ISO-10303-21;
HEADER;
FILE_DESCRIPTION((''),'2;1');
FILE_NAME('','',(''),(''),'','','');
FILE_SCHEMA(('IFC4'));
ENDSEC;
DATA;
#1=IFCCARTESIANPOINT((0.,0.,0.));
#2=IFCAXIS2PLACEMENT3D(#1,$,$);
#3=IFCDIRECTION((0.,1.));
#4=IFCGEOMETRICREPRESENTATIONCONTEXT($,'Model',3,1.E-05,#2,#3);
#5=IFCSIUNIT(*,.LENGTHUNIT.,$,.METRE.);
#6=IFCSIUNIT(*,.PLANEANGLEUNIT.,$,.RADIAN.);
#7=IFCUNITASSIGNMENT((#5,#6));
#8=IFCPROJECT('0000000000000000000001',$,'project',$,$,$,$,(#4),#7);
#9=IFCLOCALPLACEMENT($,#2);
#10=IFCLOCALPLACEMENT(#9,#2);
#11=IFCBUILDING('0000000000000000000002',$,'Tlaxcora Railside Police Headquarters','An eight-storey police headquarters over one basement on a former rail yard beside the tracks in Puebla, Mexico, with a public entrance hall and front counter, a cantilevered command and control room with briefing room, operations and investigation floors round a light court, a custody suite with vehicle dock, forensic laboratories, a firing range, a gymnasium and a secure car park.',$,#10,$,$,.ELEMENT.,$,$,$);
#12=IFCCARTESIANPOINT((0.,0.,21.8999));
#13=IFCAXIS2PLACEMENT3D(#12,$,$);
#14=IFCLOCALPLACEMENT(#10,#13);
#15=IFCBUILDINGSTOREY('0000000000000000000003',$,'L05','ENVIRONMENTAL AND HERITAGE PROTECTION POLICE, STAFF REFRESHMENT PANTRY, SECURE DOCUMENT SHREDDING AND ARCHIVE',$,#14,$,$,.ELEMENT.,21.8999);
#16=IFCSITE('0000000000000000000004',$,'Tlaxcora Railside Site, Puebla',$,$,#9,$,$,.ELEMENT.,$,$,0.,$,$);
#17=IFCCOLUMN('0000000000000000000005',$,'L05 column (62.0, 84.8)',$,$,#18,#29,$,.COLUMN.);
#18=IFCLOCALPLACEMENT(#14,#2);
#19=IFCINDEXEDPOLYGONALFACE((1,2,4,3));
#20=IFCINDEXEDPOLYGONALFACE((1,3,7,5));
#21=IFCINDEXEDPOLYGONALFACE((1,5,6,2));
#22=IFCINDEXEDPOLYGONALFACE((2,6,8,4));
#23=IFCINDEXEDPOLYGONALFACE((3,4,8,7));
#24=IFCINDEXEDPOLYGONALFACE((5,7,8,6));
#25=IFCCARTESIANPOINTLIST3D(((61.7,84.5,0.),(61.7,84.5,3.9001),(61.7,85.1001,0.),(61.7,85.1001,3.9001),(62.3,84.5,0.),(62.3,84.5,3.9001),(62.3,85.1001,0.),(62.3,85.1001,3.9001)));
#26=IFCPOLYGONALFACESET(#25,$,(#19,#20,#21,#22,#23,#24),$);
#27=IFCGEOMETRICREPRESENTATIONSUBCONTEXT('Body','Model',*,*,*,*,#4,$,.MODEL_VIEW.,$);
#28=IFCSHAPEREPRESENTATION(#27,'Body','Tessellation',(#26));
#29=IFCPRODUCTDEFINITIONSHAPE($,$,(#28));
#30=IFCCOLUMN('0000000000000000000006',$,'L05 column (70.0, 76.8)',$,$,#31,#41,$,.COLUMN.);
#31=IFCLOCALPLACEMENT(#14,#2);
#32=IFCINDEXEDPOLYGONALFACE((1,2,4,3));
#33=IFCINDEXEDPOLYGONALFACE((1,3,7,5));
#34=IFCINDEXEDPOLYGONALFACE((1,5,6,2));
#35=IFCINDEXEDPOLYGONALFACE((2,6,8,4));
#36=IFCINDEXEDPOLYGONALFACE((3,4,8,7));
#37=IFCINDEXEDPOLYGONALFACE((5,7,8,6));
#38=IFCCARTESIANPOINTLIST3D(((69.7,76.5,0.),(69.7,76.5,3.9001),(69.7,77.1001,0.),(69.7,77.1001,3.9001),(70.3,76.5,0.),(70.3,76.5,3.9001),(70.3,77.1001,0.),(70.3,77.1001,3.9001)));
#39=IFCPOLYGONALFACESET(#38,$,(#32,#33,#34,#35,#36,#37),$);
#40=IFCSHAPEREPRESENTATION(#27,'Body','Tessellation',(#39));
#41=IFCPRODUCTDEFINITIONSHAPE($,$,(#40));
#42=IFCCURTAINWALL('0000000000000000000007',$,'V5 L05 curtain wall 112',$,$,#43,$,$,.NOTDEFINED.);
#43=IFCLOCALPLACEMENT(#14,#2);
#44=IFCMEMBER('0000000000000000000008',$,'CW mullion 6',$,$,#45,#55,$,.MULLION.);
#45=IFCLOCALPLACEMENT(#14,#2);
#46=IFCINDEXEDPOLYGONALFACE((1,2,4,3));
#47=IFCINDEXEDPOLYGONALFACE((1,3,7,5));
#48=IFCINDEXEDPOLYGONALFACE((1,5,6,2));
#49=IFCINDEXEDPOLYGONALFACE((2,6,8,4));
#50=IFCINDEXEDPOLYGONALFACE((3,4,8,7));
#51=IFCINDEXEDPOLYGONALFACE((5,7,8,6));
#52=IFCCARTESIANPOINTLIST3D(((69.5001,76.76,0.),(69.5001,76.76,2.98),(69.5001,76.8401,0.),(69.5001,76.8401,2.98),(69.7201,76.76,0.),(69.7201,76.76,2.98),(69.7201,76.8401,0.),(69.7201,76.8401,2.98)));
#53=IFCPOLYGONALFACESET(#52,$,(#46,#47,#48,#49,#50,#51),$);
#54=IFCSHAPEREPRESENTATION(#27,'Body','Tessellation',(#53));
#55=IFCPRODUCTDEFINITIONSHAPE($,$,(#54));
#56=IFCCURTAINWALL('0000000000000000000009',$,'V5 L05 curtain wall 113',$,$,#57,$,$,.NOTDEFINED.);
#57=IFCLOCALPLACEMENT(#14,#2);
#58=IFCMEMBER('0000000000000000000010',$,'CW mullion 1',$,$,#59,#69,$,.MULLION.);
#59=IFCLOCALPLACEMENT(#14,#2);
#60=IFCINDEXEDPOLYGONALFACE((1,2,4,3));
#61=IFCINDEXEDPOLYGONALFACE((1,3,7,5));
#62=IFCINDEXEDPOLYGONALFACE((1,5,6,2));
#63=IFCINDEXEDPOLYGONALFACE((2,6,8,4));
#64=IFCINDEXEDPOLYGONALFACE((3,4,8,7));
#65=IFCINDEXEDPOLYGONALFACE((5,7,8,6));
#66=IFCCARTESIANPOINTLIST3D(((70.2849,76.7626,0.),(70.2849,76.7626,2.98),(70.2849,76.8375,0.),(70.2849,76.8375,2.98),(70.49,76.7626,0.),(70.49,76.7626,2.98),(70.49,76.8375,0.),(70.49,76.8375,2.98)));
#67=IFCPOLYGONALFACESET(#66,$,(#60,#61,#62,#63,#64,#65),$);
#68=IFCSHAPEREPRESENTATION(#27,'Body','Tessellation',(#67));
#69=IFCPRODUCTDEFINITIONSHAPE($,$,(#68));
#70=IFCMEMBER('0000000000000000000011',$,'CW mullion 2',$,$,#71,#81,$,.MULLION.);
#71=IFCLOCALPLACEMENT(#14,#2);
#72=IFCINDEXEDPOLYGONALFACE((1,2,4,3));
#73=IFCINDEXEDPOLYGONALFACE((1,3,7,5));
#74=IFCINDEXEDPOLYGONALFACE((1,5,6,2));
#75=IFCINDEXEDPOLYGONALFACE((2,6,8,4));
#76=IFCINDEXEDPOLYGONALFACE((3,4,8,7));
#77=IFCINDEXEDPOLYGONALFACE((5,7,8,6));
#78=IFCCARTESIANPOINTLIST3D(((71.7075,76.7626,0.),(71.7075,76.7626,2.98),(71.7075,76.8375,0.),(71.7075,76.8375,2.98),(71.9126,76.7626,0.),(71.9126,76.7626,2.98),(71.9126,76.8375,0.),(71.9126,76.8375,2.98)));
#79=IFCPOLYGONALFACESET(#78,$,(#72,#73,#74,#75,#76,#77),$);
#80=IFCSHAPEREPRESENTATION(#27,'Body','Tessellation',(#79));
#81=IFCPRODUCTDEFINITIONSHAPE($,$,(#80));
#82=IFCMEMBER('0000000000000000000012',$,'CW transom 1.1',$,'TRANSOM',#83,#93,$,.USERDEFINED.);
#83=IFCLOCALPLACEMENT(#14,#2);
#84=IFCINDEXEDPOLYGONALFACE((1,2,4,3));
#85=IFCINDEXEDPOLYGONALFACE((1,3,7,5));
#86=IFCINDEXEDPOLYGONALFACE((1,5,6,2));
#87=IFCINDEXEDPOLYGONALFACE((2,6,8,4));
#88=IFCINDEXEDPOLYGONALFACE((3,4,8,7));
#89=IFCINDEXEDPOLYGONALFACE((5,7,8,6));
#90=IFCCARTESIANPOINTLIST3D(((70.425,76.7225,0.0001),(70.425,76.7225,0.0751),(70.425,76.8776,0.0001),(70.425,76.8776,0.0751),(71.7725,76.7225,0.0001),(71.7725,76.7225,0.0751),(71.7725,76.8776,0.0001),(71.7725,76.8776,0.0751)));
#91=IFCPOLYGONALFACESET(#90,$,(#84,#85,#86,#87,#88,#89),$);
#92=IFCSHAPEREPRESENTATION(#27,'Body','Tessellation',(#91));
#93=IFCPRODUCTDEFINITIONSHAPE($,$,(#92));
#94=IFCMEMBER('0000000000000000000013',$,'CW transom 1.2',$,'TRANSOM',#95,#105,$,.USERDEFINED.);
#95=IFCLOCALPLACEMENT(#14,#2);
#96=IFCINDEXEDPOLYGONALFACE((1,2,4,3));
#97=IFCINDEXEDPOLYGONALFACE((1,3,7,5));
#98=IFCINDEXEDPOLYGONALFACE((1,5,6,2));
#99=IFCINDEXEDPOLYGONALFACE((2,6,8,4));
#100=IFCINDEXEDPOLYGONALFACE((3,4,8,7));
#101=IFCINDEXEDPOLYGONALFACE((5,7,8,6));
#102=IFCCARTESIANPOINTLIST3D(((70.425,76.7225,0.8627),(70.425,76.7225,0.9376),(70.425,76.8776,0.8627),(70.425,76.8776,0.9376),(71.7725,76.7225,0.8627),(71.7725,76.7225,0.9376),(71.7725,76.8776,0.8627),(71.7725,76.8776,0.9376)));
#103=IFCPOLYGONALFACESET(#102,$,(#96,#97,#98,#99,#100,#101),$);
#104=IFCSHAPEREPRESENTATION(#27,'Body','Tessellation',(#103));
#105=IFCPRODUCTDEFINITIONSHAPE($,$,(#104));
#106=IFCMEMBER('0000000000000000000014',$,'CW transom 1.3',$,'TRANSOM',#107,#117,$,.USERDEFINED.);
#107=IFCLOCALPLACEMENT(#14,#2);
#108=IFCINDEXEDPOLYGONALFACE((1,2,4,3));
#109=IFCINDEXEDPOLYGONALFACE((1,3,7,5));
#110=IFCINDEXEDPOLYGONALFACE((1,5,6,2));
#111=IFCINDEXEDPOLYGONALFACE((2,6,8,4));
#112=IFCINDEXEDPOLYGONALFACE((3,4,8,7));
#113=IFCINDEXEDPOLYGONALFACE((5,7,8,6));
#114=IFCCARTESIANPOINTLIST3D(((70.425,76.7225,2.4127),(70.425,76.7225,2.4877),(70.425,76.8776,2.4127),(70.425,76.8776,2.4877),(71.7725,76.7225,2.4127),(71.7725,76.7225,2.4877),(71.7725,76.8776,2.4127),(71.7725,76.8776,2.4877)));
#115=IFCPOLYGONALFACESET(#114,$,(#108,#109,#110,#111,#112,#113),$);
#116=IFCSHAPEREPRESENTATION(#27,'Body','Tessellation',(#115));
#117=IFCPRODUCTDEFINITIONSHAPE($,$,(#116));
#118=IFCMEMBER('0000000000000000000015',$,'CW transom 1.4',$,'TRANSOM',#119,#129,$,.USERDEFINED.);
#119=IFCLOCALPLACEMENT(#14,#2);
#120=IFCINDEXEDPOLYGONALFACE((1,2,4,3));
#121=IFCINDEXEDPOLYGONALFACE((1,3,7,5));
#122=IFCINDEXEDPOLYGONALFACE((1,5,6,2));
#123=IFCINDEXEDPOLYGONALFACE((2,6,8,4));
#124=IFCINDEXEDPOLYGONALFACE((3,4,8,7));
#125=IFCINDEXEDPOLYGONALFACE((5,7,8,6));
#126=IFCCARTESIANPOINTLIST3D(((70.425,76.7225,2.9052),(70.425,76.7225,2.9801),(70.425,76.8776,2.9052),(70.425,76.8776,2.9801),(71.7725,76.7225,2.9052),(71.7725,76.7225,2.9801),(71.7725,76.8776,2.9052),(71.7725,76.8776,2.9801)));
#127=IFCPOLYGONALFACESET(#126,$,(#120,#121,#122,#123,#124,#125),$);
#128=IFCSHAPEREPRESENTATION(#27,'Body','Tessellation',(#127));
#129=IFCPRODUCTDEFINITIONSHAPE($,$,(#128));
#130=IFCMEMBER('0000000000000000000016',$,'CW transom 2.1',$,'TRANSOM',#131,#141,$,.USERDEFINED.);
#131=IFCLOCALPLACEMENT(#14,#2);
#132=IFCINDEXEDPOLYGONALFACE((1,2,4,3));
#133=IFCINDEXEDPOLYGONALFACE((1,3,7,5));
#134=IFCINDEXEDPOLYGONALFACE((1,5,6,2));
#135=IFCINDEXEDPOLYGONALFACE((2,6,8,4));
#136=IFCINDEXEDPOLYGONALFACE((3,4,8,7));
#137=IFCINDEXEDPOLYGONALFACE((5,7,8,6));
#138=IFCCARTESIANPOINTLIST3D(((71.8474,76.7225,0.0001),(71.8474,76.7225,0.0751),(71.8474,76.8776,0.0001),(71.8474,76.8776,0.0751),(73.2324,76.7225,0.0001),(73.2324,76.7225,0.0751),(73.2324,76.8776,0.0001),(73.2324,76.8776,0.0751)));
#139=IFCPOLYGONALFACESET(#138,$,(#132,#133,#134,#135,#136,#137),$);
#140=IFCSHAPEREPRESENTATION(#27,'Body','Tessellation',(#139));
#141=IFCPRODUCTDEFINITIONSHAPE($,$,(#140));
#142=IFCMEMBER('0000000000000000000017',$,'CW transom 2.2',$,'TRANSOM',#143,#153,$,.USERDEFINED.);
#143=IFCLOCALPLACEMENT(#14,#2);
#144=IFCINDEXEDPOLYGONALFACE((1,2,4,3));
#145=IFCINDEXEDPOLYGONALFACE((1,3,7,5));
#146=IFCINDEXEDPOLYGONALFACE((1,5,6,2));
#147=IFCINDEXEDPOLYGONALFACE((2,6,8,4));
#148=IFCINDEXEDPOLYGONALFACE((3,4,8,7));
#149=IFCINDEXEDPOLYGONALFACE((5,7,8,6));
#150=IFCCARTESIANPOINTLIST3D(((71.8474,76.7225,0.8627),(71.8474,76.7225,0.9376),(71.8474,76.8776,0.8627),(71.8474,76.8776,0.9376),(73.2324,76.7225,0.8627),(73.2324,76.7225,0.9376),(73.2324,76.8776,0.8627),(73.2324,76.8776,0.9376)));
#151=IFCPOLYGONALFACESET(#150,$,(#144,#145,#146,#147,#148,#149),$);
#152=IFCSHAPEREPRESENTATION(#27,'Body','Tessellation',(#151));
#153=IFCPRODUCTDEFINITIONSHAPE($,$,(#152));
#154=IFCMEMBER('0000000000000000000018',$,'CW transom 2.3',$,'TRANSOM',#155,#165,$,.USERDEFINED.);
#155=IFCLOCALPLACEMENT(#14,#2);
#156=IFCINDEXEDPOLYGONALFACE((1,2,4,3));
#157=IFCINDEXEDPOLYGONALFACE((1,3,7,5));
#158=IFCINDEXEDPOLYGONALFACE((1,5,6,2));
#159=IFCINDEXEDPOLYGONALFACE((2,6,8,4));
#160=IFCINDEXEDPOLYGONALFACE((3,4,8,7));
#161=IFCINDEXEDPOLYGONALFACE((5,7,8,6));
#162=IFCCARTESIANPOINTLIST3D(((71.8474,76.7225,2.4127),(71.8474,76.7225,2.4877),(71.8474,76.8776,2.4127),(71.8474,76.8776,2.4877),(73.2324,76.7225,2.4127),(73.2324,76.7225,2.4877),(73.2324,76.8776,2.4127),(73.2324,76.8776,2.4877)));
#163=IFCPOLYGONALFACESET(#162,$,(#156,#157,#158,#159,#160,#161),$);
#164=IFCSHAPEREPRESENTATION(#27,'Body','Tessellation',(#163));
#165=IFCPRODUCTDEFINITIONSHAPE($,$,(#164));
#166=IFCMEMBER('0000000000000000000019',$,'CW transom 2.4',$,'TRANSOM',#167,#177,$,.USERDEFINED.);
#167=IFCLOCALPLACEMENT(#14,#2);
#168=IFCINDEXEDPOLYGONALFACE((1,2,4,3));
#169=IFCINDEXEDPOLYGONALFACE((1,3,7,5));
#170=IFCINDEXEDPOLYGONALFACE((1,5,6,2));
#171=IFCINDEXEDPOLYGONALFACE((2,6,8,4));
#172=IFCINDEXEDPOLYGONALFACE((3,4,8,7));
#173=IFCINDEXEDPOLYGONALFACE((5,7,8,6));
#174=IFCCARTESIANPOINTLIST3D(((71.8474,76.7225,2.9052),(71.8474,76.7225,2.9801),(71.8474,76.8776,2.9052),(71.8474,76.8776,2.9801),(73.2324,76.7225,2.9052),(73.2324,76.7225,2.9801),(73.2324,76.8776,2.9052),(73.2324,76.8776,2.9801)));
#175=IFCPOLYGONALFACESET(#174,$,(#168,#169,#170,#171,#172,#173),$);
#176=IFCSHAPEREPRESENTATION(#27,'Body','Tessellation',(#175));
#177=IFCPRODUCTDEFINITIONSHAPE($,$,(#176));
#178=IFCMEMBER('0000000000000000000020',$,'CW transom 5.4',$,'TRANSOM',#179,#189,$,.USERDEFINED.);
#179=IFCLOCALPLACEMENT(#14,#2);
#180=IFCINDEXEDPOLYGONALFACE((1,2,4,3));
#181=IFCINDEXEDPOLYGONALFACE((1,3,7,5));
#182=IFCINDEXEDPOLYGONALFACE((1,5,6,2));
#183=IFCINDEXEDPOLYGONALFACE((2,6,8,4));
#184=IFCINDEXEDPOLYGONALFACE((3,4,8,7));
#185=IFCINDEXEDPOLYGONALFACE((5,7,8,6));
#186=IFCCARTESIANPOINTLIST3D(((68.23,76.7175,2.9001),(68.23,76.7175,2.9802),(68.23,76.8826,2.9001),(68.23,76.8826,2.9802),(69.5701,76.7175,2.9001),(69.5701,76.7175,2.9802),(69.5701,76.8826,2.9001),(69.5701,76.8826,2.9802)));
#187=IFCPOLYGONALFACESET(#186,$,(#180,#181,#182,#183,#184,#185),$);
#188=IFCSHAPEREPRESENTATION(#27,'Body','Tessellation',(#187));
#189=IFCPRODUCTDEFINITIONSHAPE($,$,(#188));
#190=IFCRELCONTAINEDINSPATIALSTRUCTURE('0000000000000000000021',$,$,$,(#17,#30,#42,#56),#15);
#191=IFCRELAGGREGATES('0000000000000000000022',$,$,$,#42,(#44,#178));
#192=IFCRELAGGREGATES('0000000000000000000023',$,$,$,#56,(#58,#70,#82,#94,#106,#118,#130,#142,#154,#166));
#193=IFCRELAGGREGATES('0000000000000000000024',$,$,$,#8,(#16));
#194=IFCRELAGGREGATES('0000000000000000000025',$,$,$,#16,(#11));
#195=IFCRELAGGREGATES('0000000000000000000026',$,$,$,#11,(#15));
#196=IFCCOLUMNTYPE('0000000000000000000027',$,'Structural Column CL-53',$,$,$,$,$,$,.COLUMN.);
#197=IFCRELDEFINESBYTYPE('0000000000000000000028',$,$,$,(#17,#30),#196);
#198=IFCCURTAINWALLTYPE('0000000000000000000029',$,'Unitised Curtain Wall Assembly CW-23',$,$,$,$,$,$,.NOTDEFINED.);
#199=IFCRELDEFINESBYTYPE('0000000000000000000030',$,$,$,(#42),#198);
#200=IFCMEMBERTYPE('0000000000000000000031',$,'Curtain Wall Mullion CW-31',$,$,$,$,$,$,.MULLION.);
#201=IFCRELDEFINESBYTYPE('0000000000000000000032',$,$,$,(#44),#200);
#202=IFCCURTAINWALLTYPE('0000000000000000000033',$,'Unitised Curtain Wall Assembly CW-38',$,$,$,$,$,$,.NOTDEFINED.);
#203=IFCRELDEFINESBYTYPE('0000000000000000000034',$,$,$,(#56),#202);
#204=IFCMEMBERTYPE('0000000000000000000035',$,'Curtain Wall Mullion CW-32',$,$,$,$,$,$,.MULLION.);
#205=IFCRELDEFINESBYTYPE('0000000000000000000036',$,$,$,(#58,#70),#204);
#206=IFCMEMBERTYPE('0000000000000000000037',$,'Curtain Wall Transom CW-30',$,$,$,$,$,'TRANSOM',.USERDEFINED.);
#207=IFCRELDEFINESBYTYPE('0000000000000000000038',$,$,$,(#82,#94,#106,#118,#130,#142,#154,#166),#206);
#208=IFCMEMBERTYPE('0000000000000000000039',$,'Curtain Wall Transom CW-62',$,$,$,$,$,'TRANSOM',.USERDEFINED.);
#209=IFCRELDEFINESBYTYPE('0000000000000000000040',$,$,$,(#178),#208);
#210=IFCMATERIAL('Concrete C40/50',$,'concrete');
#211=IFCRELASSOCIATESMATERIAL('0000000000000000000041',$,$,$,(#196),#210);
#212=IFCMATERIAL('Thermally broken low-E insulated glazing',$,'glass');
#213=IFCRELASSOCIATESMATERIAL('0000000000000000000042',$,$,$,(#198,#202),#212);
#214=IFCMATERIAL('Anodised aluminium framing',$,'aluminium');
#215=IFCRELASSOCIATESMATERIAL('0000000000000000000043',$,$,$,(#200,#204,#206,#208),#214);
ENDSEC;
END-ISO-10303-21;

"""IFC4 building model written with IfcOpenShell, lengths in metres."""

from ifc_helpers import new_model, si_unit, direction, frame, origin, origin_2d, place, context, subcontext, project, spatial, rectangle, extrude, material, material_profile, profile_set, type_object, element, aggregate, save


model = new_model("IFC4")

# Units and contexts
model_context = context("Model", 3, precision=1e-05, world=origin(), true_north=direction((0.0, 1.0)))
body_context = subcontext(model_context, "Body", "Model", "MODEL_VIEW")
ifc_project = project(units=[si_unit("LENGTHUNIT", "METRE"), si_unit("PLANEANGLEUNIT", "RADIAN")], contexts=[model_context])

# Site, building, storey
site_placement = place(None, origin())
site = spatial("IfcSite", under=ifc_project, at=site_placement, Name="Tlaxcora Railside Site, Puebla", CompositionType="ELEMENT", RefElevation=0.0)
building_placement = place(site_placement, origin())
building = spatial("IfcBuilding", under=site, at=building_placement, Name="Tlaxcora Railside Police Headquarters", Description="An eight-storey police headquarters over one basement on a former rail yard beside the tracks in Puebla, Mexico, with a public entrance hall and front counter, a cantilevered command and control room with briefing room, operations and investigation floors round a light court, a custody suite with vehicle dock, forensic laboratories, a firing range, a gymnasium and a secure car park.", CompositionType="ELEMENT")
storey_placement = place(building_placement, frame((0.0, 0.0, 21.8999)))
storey = spatial("IfcBuildingStorey", under=building, at=storey_placement, Name="L05", Description="ENVIRONMENTAL AND HERITAGE PROTECTION POLICE, STAFF REFRESHMENT PANTRY, SECURE DOCUMENT SHREDDING AND ARCHIVE", CompositionType="ELEMENT", Elevation=21.8999)

# Columns
ifc_material_1 = material(Name="Concrete C40/50", Category="concrete")
ifc_material_profile_1 = material_profile(ifc_material_1, rectangle(XDim=0.6001, YDim=0.6001, at=origin_2d()), Name="RC600X600")
ifc_profile_set_1 = profile_set([ifc_material_profile_1], Name="Concrete C40/50")
column_type = type_object("IfcColumnType", Name="Structural Column CL-53", PredefinedType="COLUMN", material=ifc_profile_set_1)
for number, where, z_axis, x_axis, name in (
    (1, (62.0, 84.8, 0.0), (0.0, 0.0, 1.0), (1.0, 0.0, 0.0), "L05 column (62.0, 84.8)"),
    (2, (70.0, 76.8, 0.0), (0.0, 0.0, 1.0), (1.0, 0.0, 0.0), "L05 column (70.0, 76.8)"),
):
    element("IfcColumn", number, at=place(storey_placement, frame(where, z_axis=z_axis, x_axis=x_axis)), inside=storey, type_object=column_type, Name=name, PredefinedType="COLUMN", context=body_context, shape_type="SweptSolid", body=[
        extrude(rectangle(XDim=0.6001, YDim=0.6001, at=origin_2d()), origin(), (0.0, 0.0, 1.0), 3.9001),
    ])

# Curtain wall, member
ifc_material_2 = material(Name="Thermally broken low-E insulated glazing", Category="glass")
curtain_wall_type_1 = type_object("IfcCurtainWallType", Name="Unitised Curtain Wall Assembly CW-23", PredefinedType="NOTDEFINED", material=ifc_material_2)
curtain_wall_1_placement = place(storey_placement, origin())
curtain_wall_1 = element("IfcCurtainWall", 3, at=curtain_wall_1_placement, inside=storey, type_object=curtain_wall_type_1, Name="V5 L05 curtain wall 112", PredefinedType="NOTDEFINED")
ifc_material_3 = material(Name="Anodised aluminium framing", Category="aluminium")
ifc_material_profile_2 = material_profile(ifc_material_3, rectangle(XDim=0.0801, YDim=0.22, at=origin_2d()), Name="AL80X220")
ifc_profile_set_2 = profile_set([ifc_material_profile_2], Name="Anodised aluminium framing")
member_type_1 = type_object("IfcMemberType", Name="Curtain Wall Mullion CW-31", PredefinedType="MULLION", material=ifc_profile_set_2)
member_1_placement = place(storey_placement, frame((69.6101, 76.8, 0.0), z_axis=(0.0, 0.0, 1.0), x_axis=(0.0, 1.0, 0.0)))
member_1 = element("IfcMember", 4, at=member_1_placement, type_object=member_type_1, Name="CW mullion 6", PredefinedType="MULLION", context=body_context, shape_type="SweptSolid", body=[
    extrude(rectangle(XDim=0.0801, YDim=0.22, at=origin_2d()), origin(), (0.0, 0.0, 1.0), 2.98),
])

# Curtain wall, members
curtain_wall_type_2 = type_object("IfcCurtainWallType", Name="Unitised Curtain Wall Assembly CW-38", PredefinedType="NOTDEFINED", material=ifc_material_2)
curtain_wall_2_placement = place(storey_placement, origin())
curtain_wall_2 = element("IfcCurtainWall", 5, at=curtain_wall_2_placement, inside=storey, type_object=curtain_wall_type_2, Name="V5 L05 curtain wall 113", PredefinedType="NOTDEFINED")
ifc_material_profile_3 = material_profile(ifc_material_3, rectangle(XDim=0.075, YDim=0.2051, at=origin_2d()), Name="AL75X205")
ifc_profile_set_3 = profile_set([ifc_material_profile_3], Name="Anodised aluminium framing")
member_type_2 = type_object("IfcMemberType", Name="Curtain Wall Mullion CW-32", PredefinedType="MULLION", material=ifc_profile_set_3)
member_2_placement = place(storey_placement, frame((70.3875, 76.8, 0.0), z_axis=(0.0, 0.0, 1.0), x_axis=(0.0, 1.0, 0.0)))
member_2 = element("IfcMember", 6, at=member_2_placement, type_object=member_type_2, Name="CW mullion 1", PredefinedType="MULLION", context=body_context, shape_type="SweptSolid", body=[
    extrude(rectangle(XDim=0.075, YDim=0.2051, at=origin_2d()), origin(), (0.0, 0.0, 1.0), 2.98),
])
member_3_placement = place(storey_placement, frame((71.8101, 76.8, 0.0), z_axis=(0.0, 0.0, 1.0), x_axis=(0.0, 1.0, 0.0)))
member_3 = element("IfcMember", 7, at=member_3_placement, type_object=member_type_2, Name="CW mullion 2", PredefinedType="MULLION", context=body_context, shape_type="SweptSolid", body=[
    extrude(rectangle(XDim=0.075, YDim=0.2051, at=origin_2d()), origin(), (0.0, 0.0, 1.0), 2.98),
])
ifc_material_profile_4 = material_profile(ifc_material_3, rectangle(XDim=0.155, YDim=0.075, at=origin_2d()), Name="AL75X155")
ifc_profile_set_4 = profile_set([ifc_material_profile_4], Name="Anodised aluminium framing")
member_type_3 = type_object("IfcMemberType", Name="Curtain Wall Transom CW-30", ElementType="TRANSOM", PredefinedType="USERDEFINED", material=ifc_profile_set_4)
member_4_placement = place(storey_placement, frame((70.425, 76.8, 0.0376), z_axis=(1.0, 0.0, 0.0), x_axis=(0.0, 1.0, 0.0)))
member_4 = element("IfcMember", 8, at=member_4_placement, type_object=member_type_3, Name="CW transom 1.1", ObjectType="TRANSOM", PredefinedType="USERDEFINED", context=body_context, shape_type="SweptSolid", body=[
    extrude(rectangle(XDim=0.155, YDim=0.075, at=origin_2d()), origin(), (0.0, 0.0, 1.0), 1.3474),
])
member_5_placement = place(storey_placement, frame((70.425, 76.8, 0.9001), z_axis=(1.0, 0.0, 0.0), x_axis=(0.0, 1.0, 0.0)))
member_5 = element("IfcMember", 9, at=member_5_placement, type_object=member_type_3, Name="CW transom 1.2", ObjectType="TRANSOM", PredefinedType="USERDEFINED", context=body_context, shape_type="SweptSolid", body=[
    extrude(rectangle(XDim=0.155, YDim=0.075, at=origin_2d()), origin(), (0.0, 0.0, 1.0), 1.3474),
])
member_6_placement = place(storey_placement, frame((70.425, 76.8, 2.4502), z_axis=(1.0, 0.0, 0.0), x_axis=(0.0, 1.0, 0.0)))
member_6 = element("IfcMember", 10, at=member_6_placement, type_object=member_type_3, Name="CW transom 1.3", ObjectType="TRANSOM", PredefinedType="USERDEFINED", context=body_context, shape_type="SweptSolid", body=[
    extrude(rectangle(XDim=0.155, YDim=0.075, at=origin_2d()), origin(), (0.0, 0.0, 1.0), 1.3474),
])
member_7_placement = place(storey_placement, frame((70.425, 76.8, 2.9426), z_axis=(1.0, 0.0, 0.0), x_axis=(0.0, 1.0, 0.0)))
member_7 = element("IfcMember", 11, at=member_7_placement, type_object=member_type_3, Name="CW transom 1.4", ObjectType="TRANSOM", PredefinedType="USERDEFINED", context=body_context, shape_type="SweptSolid", body=[
    extrude(rectangle(XDim=0.155, YDim=0.075, at=origin_2d()), origin(), (0.0, 0.0, 1.0), 1.3474),
])
member_8_placement = place(storey_placement, frame((71.8474, 76.8, 0.0376), z_axis=(1.0, 0.0, 0.0), x_axis=(0.0, 1.0, 0.0)))
member_8 = element("IfcMember", 12, at=member_8_placement, type_object=member_type_3, Name="CW transom 2.1", ObjectType="TRANSOM", PredefinedType="USERDEFINED", context=body_context, shape_type="SweptSolid", body=[
    extrude(rectangle(XDim=0.155, YDim=0.075, at=origin_2d()), origin(), (0.0, 0.0, 1.0), 1.385),
])
member_9_placement = place(storey_placement, frame((71.8474, 76.8, 0.9001), z_axis=(1.0, 0.0, 0.0), x_axis=(0.0, 1.0, 0.0)))
member_9 = element("IfcMember", 13, at=member_9_placement, type_object=member_type_3, Name="CW transom 2.2", ObjectType="TRANSOM", PredefinedType="USERDEFINED", context=body_context, shape_type="SweptSolid", body=[
    extrude(rectangle(XDim=0.155, YDim=0.075, at=origin_2d()), origin(), (0.0, 0.0, 1.0), 1.385),
])
member_10_placement = place(storey_placement, frame((71.8474, 76.8, 2.4502), z_axis=(1.0, 0.0, 0.0), x_axis=(0.0, 1.0, 0.0)))
member_10 = element("IfcMember", 14, at=member_10_placement, type_object=member_type_3, Name="CW transom 2.3", ObjectType="TRANSOM", PredefinedType="USERDEFINED", context=body_context, shape_type="SweptSolid", body=[
    extrude(rectangle(XDim=0.155, YDim=0.075, at=origin_2d()), origin(), (0.0, 0.0, 1.0), 1.385),
])
member_11_placement = place(storey_placement, frame((71.8474, 76.8, 2.9426), z_axis=(1.0, 0.0, 0.0), x_axis=(0.0, 1.0, 0.0)))
member_11 = element("IfcMember", 15, at=member_11_placement, type_object=member_type_3, Name="CW transom 2.4", ObjectType="TRANSOM", PredefinedType="USERDEFINED", context=body_context, shape_type="SweptSolid", body=[
    extrude(rectangle(XDim=0.155, YDim=0.075, at=origin_2d()), origin(), (0.0, 0.0, 1.0), 1.385),
])

# Member
ifc_material_profile_5 = material_profile(ifc_material_3, rectangle(XDim=0.165, YDim=0.0801, at=origin_2d()), Name="AL80X165")
ifc_profile_set_5 = profile_set([ifc_material_profile_5], Name="Anodised aluminium framing")
member_type_4 = type_object("IfcMemberType", Name="Curtain Wall Transom CW-62", ElementType="TRANSOM", PredefinedType="USERDEFINED", material=ifc_profile_set_5)
member_12_placement = place(storey_placement, frame((68.23, 76.8, 2.9402), z_axis=(1.0, 0.0, 0.0), x_axis=(0.0, 1.0, 0.0)))
member_12 = element("IfcMember", 16, at=member_12_placement, type_object=member_type_4, Name="CW transom 5.4", ObjectType="TRANSOM", PredefinedType="USERDEFINED", context=body_context, shape_type="SweptSolid", body=[
    extrude(rectangle(XDim=0.165, YDim=0.0801, at=origin_2d()), origin(), (0.0, 0.0, 1.0), 1.3401),
])

aggregate(curtain_wall_1, [member_1, member_12])
aggregate(curtain_wall_2, [member_2, member_3, member_4, member_5, member_6, member_7, member_8, member_9, member_10, member_11])

save(model, "model.ifc")
